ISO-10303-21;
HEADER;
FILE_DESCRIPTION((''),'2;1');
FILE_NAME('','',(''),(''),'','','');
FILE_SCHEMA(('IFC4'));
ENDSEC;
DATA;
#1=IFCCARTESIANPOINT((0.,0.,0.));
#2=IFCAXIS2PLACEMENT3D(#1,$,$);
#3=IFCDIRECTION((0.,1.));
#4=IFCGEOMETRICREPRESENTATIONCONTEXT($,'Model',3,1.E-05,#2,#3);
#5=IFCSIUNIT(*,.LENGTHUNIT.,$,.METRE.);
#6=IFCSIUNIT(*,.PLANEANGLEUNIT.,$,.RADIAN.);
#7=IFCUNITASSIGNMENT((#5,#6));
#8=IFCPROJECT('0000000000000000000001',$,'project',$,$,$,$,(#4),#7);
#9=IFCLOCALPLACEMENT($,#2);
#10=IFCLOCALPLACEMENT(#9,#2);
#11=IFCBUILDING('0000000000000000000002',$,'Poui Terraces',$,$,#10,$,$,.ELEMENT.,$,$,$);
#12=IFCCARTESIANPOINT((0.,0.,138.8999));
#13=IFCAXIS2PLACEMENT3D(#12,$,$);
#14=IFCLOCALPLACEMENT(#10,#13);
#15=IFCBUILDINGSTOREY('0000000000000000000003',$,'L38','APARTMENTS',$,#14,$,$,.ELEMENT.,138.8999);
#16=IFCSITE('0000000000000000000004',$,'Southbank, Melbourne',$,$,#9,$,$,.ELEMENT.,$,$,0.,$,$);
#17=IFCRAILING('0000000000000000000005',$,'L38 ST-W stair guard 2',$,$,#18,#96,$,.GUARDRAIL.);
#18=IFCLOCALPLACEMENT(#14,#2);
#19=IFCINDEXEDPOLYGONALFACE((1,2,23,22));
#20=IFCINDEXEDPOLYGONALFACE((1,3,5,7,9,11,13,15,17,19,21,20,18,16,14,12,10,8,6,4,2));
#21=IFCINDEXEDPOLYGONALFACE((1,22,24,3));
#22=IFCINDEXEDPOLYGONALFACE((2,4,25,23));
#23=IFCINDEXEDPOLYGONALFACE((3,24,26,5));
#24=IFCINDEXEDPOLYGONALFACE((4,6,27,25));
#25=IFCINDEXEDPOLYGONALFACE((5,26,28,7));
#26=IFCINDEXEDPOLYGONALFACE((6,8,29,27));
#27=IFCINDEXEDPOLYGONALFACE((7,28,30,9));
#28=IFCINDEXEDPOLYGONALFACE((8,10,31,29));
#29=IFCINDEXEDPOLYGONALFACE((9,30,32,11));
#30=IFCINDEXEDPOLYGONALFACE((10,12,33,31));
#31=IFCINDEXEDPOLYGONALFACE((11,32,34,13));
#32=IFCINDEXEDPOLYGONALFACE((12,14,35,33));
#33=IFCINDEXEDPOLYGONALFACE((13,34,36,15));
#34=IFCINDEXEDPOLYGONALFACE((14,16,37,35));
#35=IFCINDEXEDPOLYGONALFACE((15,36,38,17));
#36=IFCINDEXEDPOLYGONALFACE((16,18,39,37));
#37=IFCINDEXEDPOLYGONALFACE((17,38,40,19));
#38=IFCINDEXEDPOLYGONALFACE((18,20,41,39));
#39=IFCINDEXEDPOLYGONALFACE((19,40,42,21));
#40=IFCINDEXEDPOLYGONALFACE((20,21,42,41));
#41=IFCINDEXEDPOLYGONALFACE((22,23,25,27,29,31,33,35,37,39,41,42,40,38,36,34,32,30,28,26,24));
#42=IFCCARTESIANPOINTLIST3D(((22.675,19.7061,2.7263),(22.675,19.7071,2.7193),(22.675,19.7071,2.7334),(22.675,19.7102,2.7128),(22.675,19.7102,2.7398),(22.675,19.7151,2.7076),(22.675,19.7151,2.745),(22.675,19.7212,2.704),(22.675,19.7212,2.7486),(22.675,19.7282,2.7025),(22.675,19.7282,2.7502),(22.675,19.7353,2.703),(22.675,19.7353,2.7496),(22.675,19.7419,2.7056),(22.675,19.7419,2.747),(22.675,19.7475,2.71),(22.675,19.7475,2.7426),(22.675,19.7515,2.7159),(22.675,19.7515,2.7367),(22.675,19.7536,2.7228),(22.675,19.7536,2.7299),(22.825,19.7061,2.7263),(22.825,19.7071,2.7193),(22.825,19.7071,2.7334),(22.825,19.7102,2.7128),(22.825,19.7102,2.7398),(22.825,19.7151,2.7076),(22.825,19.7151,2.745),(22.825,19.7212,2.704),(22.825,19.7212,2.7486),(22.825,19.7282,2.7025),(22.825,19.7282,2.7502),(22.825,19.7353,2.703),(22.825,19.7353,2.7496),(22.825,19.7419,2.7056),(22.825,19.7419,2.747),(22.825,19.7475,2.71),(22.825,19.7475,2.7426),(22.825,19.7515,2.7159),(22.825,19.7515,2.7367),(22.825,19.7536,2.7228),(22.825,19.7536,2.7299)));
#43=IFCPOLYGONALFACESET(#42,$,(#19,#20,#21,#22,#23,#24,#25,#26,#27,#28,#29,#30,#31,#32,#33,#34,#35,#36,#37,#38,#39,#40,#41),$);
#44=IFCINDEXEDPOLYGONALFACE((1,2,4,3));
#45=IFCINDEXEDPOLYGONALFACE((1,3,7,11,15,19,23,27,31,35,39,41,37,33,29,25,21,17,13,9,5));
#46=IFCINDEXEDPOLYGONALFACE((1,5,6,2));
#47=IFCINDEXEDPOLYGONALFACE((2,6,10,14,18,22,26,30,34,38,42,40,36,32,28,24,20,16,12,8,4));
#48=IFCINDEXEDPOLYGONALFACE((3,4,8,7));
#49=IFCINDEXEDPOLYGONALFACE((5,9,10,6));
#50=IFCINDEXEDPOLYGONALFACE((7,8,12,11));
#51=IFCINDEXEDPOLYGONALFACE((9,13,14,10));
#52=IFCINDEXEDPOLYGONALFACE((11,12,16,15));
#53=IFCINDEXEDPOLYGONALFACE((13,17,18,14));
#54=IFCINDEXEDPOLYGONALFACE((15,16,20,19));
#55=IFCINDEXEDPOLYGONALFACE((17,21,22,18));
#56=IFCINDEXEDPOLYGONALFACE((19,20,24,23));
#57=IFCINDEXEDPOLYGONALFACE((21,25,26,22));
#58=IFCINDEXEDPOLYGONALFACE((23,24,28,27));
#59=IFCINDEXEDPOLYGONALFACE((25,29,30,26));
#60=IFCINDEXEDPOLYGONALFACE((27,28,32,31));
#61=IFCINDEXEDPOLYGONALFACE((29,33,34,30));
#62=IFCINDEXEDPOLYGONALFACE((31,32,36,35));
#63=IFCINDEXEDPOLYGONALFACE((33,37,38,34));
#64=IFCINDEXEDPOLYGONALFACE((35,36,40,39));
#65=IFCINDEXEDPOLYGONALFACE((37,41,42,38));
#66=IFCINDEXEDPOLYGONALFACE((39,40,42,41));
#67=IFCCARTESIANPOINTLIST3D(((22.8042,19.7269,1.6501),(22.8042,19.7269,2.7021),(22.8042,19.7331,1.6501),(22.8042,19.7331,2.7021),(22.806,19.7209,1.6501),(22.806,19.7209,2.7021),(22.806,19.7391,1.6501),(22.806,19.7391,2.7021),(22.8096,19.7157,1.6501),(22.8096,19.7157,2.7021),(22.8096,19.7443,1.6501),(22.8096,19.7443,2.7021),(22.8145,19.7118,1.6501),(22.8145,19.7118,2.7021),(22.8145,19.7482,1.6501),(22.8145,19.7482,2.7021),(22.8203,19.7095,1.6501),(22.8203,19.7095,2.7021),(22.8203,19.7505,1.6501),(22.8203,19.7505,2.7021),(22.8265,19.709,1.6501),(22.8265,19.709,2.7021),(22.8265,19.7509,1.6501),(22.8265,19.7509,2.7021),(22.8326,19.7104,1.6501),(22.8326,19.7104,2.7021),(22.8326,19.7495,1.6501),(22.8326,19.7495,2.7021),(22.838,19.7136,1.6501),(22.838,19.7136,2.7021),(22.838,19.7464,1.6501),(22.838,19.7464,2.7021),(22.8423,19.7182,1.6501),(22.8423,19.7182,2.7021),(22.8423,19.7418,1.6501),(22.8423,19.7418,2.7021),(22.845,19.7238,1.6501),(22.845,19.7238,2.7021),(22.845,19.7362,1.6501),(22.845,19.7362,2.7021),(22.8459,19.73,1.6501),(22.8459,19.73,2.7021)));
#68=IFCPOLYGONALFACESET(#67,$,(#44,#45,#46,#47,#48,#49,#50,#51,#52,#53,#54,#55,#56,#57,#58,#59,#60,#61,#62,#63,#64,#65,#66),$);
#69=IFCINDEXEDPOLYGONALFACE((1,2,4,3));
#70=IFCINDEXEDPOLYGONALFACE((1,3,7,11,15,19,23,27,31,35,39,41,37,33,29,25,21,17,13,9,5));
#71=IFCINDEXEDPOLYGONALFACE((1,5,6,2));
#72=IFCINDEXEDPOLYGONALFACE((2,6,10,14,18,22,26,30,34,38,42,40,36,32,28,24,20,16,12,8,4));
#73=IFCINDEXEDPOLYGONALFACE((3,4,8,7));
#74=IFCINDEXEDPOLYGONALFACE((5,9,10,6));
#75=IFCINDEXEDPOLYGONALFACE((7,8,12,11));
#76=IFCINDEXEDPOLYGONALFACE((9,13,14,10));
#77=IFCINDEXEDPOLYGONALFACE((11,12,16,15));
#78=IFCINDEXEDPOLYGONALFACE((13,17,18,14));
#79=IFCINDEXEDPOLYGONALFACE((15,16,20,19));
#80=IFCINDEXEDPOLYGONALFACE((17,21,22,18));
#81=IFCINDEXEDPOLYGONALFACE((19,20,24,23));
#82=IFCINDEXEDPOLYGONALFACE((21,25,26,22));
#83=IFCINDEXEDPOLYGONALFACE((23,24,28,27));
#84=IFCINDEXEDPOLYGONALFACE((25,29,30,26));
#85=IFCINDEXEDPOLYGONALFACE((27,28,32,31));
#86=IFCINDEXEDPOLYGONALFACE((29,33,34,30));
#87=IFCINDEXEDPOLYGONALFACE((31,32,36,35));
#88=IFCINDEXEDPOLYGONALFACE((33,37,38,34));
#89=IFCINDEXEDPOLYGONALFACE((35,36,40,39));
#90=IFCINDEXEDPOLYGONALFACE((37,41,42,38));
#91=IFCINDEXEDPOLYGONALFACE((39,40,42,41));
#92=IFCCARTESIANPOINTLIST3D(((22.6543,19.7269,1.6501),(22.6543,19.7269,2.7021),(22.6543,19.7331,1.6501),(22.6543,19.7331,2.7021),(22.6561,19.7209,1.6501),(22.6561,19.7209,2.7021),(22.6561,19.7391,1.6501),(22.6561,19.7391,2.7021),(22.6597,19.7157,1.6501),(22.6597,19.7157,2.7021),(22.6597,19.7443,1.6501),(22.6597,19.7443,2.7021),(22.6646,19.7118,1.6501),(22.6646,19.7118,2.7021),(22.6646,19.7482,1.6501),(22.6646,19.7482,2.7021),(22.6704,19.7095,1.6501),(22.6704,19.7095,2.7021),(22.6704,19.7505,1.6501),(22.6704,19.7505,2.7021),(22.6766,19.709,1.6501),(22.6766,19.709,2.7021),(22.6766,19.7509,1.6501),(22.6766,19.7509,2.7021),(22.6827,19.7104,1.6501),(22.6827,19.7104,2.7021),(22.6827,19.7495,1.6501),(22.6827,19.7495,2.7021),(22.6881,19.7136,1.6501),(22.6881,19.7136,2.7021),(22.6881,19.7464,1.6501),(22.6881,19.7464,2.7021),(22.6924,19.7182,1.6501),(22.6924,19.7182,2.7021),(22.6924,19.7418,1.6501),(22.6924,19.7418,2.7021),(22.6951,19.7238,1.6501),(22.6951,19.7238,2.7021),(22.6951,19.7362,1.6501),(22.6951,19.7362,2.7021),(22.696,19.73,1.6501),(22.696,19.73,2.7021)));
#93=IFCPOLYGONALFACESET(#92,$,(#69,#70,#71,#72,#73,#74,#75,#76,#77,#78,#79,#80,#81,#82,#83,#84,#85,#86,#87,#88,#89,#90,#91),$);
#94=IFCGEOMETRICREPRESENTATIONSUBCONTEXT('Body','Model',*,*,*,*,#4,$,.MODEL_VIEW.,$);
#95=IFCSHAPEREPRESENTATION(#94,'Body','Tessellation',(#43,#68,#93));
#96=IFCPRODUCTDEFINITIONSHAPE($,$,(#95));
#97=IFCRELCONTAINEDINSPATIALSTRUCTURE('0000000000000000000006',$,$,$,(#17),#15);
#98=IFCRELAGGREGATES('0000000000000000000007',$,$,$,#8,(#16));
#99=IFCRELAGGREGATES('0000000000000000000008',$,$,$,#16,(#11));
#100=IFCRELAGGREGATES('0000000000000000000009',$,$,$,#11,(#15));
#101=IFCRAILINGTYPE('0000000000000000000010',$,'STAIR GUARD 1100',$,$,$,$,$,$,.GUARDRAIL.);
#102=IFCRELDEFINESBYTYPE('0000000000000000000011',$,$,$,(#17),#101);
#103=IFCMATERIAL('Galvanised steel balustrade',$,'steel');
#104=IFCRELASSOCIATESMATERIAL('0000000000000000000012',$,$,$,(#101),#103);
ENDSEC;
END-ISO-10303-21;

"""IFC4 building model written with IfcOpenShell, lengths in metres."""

from ifc_helpers import new_model, si_unit, direction, frame, origin, origin_2d, place, context, subcontext, project, spatial, circle, extrude, material, type_object, element, save


model = new_model("IFC4")

# Units and contexts
model_context = context("Model", 3, precision=1e-05, world=origin(), true_north=direction((0.0, 1.0)))
body_context = subcontext(model_context, "Body", "Model", "MODEL_VIEW")
ifc_project = project(units=[si_unit("LENGTHUNIT", "METRE"), si_unit("PLANEANGLEUNIT", "RADIAN")], contexts=[model_context])

# Site, building, storey
site_placement = place(None, origin())
site = spatial("IfcSite", under=ifc_project, at=site_placement, Name="Southbank, Melbourne", CompositionType="ELEMENT", RefElevation=0.0)
building_placement = place(site_placement, origin())
building = spatial("IfcBuilding", under=site, at=building_placement, Name="Poui Terraces", CompositionType="ELEMENT")
storey_placement = place(building_placement, frame((0.0, 0.0, 138.8999)))
storey = spatial("IfcBuildingStorey", under=building, at=storey_placement, Name="L38", Description="APARTMENTS", CompositionType="ELEMENT", Elevation=138.8999)

# Railing
ifc_material_1 = material(Name="Galvanised steel balustrade", Category="steel")
railing_type_1 = type_object("IfcRailingType", Name="STAIR GUARD 1100", PredefinedType="GUARDRAIL", material=ifc_material_1)
railing_1_placement = place(storey_placement, frame((22.825, 19.73, 1.6501)))
element("IfcRailing", 1, at=railing_1_placement, inside=storey, type_object=railing_type_1, Name="L38 ST-W stair guard 2", PredefinedType="GUARDRAIL", context=body_context, shape_type="SweptSolid", body=[
    extrude(circle(Radius=0.0239, at=origin_2d()), frame((0.0, 0.0, 1.0762), z_axis=(-1.0, 0.0, 0.0), x_axis=(0.0, -1.0, 0.0)), (0.0, 0.0, 1.0), 0.1499),
    extrude(circle(Radius=0.021, at=origin_2d()), origin(), (0.0, 0.0, 1.0), 1.052),
    extrude(circle(Radius=0.021, at=origin_2d()), frame((-0.1499, 0.0, 0.0)), (0.0, 0.0, 1.0), 1.052),
])

save(model, "model.ifc")
